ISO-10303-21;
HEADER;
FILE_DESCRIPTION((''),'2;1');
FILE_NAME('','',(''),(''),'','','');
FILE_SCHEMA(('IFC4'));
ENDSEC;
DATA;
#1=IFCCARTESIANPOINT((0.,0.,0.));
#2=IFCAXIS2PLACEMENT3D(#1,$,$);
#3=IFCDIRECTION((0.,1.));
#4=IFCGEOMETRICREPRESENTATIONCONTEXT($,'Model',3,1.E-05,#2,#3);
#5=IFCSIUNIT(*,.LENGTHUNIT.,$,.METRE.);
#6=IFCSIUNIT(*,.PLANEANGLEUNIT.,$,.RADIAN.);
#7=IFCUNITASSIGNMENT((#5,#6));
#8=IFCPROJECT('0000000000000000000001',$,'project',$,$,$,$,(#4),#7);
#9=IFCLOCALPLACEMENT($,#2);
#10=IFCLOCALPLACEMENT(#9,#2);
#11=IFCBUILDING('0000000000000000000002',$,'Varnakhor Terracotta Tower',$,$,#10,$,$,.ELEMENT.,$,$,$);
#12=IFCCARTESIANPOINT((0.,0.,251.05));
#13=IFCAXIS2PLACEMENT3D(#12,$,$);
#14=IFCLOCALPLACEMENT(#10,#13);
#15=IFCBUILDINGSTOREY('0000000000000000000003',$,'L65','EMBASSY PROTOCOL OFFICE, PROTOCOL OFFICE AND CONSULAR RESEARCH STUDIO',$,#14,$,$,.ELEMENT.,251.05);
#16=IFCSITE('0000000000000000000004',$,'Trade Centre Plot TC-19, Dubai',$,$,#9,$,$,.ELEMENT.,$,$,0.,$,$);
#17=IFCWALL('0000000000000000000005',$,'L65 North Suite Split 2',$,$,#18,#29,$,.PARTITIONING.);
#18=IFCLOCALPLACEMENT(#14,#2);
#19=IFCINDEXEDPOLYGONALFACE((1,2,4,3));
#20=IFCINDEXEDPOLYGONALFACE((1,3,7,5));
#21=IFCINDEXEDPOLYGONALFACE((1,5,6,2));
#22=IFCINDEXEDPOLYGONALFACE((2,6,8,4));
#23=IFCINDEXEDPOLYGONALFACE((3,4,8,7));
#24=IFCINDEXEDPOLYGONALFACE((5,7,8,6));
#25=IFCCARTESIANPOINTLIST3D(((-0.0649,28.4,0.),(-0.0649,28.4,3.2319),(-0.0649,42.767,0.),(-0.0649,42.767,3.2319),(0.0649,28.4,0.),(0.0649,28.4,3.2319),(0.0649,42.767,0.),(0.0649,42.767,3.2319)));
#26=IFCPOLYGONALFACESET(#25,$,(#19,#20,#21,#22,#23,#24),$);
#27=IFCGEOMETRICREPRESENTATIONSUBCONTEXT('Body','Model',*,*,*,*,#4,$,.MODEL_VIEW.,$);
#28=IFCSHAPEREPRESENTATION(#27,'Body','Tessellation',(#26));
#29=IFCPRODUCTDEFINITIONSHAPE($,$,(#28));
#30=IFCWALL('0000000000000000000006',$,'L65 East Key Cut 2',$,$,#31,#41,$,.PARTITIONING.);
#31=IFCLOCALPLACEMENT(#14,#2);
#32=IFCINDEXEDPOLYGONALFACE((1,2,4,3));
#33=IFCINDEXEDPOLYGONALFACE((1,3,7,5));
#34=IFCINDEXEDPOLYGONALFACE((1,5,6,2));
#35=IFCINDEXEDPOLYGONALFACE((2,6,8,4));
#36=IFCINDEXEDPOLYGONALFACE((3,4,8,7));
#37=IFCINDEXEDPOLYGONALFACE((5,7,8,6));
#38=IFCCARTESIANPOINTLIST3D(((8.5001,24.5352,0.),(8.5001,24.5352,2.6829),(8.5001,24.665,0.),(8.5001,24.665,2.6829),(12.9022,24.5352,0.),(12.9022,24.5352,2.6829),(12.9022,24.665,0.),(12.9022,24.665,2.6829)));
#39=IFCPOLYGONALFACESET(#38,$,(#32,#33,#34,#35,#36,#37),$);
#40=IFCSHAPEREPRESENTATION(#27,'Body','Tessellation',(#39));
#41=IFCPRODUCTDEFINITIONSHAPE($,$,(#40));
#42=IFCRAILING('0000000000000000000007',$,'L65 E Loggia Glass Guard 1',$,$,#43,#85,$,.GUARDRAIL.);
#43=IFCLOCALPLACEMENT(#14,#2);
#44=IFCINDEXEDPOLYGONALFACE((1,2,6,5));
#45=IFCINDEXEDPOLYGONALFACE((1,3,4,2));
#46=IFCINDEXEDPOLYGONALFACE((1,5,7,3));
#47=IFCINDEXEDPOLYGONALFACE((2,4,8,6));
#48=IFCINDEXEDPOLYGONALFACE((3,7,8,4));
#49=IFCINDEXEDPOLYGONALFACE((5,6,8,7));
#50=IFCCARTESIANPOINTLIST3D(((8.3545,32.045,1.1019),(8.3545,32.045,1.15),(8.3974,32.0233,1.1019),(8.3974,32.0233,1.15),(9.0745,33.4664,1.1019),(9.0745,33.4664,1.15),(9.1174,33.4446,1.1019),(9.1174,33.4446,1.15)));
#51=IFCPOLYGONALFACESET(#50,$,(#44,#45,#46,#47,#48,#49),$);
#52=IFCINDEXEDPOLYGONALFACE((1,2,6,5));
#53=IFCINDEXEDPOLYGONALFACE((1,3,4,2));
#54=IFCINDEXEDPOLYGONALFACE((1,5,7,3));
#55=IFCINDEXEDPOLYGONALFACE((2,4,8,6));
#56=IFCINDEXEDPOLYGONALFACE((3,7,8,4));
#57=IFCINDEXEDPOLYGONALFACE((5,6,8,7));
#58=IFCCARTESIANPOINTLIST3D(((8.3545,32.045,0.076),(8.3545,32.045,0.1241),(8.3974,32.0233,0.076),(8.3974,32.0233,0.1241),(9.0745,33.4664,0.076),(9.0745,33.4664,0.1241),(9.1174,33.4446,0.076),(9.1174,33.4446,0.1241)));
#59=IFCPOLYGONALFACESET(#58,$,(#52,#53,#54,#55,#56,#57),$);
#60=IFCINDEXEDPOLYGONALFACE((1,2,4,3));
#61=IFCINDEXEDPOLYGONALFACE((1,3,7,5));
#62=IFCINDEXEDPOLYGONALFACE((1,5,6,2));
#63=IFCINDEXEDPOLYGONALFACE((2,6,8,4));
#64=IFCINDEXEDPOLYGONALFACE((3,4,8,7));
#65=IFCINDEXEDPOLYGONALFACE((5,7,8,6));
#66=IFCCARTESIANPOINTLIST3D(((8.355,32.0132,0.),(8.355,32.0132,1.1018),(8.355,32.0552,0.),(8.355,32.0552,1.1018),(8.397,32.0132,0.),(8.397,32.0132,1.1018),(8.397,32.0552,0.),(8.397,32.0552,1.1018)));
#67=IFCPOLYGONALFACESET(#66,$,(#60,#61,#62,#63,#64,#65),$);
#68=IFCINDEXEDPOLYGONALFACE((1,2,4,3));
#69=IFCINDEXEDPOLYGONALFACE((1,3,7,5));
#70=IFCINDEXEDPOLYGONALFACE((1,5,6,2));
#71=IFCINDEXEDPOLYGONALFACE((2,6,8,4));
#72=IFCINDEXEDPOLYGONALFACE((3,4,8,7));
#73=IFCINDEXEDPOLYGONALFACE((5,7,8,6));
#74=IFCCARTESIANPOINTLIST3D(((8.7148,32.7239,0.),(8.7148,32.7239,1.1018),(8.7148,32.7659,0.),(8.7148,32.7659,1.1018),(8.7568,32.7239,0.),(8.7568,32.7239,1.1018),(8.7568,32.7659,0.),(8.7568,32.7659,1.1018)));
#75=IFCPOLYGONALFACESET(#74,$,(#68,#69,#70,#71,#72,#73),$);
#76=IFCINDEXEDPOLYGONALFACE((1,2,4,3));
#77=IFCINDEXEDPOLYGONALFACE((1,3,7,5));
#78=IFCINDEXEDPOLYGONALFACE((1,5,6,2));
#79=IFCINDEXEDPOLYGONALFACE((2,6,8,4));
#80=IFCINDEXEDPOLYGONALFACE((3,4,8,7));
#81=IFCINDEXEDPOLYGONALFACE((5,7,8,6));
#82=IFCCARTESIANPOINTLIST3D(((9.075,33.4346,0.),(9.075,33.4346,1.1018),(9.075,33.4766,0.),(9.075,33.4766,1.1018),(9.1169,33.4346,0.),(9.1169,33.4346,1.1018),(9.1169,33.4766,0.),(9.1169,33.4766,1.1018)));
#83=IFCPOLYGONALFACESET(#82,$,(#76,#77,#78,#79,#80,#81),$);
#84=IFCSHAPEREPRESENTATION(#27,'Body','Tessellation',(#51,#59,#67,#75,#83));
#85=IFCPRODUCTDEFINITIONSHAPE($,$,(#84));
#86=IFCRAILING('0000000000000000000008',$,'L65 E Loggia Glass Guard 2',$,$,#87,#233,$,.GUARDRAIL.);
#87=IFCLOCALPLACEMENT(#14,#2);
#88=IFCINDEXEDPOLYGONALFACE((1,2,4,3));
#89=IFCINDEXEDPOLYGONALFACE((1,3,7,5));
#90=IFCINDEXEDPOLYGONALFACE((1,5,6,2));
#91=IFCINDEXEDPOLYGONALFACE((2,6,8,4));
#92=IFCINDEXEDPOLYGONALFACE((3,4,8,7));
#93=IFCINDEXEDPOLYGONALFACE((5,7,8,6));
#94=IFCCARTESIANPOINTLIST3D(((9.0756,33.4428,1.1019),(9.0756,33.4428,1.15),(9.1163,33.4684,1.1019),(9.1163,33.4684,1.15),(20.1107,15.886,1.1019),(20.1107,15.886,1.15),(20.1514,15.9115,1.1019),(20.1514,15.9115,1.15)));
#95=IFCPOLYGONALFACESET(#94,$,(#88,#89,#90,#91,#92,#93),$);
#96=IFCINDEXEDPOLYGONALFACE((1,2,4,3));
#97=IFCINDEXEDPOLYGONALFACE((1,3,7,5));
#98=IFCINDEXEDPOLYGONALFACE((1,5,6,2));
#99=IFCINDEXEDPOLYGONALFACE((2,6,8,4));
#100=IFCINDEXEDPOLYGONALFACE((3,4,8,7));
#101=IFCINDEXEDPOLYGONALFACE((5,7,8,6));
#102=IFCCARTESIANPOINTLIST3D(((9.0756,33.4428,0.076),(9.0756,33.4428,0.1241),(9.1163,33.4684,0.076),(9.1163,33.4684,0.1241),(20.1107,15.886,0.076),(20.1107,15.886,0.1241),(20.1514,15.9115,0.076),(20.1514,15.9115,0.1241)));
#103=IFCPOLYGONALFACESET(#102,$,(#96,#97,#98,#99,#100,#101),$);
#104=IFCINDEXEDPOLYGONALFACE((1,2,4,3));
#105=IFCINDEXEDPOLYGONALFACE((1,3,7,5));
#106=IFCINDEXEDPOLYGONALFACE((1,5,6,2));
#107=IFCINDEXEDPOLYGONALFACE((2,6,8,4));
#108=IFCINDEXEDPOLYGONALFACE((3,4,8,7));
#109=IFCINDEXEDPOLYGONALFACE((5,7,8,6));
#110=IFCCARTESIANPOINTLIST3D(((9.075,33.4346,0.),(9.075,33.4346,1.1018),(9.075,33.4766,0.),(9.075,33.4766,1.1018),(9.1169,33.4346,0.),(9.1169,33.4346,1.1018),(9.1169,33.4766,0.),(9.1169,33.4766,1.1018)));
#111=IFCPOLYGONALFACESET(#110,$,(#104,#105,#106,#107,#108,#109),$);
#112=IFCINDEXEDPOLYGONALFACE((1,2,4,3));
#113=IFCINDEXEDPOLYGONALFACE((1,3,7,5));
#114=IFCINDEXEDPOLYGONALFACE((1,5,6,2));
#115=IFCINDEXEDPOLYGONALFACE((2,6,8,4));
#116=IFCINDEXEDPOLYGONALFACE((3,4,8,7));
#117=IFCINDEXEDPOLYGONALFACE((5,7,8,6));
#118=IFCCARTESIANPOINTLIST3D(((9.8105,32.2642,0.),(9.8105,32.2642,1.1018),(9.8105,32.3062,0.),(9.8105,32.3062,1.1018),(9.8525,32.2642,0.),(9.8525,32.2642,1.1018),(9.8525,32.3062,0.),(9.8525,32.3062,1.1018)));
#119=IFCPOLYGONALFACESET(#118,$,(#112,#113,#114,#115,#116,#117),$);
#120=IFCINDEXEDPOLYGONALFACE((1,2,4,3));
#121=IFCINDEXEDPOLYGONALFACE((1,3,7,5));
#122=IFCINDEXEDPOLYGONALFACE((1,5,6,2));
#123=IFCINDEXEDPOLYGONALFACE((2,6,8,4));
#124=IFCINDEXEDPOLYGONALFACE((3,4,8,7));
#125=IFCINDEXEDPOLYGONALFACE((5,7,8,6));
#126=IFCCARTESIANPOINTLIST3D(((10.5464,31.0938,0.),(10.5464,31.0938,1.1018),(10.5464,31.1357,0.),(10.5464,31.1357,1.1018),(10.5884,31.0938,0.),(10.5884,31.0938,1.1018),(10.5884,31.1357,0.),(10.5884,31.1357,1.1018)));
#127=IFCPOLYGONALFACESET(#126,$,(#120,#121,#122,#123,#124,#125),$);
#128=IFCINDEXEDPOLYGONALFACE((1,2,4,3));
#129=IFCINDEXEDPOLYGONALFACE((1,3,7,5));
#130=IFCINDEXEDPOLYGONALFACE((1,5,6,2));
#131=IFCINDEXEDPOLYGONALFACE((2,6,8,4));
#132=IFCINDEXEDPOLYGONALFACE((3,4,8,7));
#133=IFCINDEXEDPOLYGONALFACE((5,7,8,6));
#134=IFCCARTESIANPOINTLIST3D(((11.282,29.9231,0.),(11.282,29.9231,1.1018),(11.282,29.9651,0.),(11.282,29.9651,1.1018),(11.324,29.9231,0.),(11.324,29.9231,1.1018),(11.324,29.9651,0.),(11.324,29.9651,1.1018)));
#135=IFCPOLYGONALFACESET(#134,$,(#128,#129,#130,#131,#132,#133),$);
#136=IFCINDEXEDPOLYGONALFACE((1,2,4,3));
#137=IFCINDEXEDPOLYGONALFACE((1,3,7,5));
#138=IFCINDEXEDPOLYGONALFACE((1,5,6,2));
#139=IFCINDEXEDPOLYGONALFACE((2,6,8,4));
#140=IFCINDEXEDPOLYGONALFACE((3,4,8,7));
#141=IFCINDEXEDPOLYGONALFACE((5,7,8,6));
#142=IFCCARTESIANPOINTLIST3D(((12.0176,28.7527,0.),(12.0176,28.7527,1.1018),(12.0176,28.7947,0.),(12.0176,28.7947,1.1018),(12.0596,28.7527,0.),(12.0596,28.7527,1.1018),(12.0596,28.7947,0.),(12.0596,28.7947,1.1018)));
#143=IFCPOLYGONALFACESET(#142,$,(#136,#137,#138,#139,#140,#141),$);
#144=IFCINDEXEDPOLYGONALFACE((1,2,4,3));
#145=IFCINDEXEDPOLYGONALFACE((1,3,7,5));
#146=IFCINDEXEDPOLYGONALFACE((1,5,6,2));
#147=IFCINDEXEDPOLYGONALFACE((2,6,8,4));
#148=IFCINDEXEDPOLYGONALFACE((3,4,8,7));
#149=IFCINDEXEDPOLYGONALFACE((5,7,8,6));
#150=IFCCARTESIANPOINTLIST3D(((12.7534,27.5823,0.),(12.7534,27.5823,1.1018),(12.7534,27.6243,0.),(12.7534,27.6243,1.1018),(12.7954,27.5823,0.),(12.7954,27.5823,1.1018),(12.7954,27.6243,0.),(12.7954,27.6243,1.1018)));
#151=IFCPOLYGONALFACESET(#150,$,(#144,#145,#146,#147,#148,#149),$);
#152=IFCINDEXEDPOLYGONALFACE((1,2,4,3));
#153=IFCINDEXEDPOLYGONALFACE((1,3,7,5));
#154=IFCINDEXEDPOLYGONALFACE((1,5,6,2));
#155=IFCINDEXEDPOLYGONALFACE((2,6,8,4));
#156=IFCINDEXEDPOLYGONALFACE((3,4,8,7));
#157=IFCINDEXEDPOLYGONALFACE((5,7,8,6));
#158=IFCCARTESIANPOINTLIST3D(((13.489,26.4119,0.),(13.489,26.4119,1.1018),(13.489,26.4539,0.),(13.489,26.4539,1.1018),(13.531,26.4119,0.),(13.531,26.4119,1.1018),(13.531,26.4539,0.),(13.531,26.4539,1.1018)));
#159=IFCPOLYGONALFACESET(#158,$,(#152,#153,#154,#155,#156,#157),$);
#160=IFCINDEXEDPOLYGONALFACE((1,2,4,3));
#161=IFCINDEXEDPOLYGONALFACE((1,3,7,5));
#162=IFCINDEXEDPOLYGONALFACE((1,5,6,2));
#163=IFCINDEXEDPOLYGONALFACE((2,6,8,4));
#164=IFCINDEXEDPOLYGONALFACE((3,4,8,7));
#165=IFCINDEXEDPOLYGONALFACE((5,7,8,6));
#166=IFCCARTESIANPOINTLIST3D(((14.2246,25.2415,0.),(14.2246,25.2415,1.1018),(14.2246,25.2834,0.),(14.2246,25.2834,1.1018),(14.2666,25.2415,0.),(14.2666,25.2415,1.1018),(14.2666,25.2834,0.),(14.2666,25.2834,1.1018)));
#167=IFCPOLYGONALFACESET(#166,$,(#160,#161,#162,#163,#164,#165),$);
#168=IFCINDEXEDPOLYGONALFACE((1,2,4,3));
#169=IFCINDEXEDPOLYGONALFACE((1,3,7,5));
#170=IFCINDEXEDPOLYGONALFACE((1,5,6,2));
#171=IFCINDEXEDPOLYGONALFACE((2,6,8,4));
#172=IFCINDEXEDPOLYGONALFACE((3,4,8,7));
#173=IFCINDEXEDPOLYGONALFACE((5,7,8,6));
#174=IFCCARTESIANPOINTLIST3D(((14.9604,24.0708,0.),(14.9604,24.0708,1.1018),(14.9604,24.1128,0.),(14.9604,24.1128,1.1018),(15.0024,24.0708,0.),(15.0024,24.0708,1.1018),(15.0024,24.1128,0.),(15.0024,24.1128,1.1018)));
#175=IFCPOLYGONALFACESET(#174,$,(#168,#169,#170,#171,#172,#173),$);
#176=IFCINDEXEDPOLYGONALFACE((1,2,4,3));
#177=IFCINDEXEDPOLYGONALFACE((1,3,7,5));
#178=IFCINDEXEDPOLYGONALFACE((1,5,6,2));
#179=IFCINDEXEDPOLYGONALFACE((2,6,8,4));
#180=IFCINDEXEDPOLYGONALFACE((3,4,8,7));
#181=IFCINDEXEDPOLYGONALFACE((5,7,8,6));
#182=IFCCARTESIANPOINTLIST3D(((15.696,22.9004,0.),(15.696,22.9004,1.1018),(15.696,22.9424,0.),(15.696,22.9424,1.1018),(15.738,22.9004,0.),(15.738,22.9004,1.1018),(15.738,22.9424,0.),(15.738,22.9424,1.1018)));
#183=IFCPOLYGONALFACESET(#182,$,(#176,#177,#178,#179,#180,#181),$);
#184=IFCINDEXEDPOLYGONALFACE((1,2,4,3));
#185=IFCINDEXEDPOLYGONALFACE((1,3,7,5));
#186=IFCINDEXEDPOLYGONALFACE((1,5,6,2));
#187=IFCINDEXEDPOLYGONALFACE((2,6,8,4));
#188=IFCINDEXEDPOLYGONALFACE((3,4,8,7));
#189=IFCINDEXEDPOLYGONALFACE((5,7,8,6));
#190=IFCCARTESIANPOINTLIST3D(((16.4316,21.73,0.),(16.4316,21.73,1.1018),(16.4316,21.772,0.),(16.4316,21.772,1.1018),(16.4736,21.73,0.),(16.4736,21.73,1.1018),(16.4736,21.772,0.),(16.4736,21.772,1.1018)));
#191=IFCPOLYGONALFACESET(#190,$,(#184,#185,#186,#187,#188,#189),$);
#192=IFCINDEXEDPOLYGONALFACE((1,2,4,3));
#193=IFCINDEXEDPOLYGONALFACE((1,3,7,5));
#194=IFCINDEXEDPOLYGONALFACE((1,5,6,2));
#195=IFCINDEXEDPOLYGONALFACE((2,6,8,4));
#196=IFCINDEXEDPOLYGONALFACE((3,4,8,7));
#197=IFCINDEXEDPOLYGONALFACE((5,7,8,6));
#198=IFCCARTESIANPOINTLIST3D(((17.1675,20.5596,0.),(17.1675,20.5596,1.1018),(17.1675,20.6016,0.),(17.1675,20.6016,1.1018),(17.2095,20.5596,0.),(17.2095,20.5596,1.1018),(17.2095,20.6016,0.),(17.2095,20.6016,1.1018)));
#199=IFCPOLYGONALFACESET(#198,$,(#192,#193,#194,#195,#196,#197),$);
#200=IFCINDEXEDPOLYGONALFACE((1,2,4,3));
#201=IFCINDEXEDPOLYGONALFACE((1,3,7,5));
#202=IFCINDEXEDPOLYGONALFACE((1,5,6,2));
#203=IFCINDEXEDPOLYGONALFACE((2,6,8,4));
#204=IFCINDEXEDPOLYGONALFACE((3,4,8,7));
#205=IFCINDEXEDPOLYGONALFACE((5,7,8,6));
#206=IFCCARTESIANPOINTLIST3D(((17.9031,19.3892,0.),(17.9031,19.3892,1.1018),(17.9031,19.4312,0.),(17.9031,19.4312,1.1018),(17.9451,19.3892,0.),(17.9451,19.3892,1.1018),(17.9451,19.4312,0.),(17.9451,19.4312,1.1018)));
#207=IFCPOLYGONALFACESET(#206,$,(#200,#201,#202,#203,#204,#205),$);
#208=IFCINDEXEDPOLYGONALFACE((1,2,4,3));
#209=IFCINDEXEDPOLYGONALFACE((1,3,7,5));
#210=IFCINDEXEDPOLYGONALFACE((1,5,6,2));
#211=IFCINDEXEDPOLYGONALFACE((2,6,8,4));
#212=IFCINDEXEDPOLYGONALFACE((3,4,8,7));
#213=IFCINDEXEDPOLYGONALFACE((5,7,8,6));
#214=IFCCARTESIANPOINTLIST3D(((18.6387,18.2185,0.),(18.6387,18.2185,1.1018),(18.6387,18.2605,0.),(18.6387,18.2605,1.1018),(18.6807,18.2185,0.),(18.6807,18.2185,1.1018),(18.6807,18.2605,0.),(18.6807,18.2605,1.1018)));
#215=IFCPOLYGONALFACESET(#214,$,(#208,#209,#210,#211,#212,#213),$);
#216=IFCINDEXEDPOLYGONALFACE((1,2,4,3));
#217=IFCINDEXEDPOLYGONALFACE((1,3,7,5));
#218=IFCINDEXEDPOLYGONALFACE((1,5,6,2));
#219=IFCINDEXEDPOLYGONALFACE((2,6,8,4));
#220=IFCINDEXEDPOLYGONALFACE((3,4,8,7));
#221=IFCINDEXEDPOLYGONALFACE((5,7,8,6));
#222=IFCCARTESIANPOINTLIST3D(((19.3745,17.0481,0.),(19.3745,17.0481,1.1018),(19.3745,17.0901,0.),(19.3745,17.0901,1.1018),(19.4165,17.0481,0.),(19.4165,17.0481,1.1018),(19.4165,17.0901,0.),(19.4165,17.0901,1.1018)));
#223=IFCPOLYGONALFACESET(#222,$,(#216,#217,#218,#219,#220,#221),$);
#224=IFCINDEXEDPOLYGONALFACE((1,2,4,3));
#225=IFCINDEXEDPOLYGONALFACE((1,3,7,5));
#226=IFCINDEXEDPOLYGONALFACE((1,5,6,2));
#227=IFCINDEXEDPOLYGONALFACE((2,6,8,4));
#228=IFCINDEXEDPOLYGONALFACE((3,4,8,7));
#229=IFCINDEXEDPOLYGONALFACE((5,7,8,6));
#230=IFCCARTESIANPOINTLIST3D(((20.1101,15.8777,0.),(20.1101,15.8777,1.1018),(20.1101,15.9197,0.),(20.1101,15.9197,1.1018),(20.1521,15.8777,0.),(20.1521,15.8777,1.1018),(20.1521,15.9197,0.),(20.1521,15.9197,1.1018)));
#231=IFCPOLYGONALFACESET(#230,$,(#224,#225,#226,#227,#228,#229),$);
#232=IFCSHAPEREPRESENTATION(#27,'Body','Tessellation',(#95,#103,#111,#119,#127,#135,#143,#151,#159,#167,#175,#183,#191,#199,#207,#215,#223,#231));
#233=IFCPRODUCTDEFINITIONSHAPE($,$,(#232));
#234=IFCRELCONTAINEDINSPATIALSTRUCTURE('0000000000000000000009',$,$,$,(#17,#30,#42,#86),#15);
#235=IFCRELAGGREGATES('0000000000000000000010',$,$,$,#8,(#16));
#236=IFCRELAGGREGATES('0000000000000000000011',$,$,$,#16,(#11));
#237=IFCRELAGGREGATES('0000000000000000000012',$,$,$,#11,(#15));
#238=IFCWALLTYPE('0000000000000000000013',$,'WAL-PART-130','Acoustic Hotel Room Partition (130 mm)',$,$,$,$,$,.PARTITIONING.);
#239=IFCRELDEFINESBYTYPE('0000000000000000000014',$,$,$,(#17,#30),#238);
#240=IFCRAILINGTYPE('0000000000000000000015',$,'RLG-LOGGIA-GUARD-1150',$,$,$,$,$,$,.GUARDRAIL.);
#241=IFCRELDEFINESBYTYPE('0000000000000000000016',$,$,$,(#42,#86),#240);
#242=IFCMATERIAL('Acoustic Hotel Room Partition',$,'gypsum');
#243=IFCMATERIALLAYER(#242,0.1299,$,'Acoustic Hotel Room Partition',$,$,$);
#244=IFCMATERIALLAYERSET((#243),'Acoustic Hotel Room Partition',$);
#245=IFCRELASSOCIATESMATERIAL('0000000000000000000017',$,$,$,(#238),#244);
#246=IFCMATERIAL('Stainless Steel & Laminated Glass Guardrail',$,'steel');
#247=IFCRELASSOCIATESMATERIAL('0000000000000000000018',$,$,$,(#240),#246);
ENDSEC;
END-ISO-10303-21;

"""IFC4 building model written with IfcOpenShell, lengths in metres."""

from ifc_helpers import new_model, si_unit, direction, frame, frame_2d, origin, origin_2d, place, context, subcontext, project, spatial, rectangle, extrude, material, layer, layer_set, type_object, element, save


model = new_model("IFC4")

# Units and contexts
model_context = context("Model", 3, precision=1e-05, world=origin(), true_north=direction((0.0, 1.0)))
body_context = subcontext(model_context, "Body", "Model", "MODEL_VIEW")
ifc_project = project(units=[si_unit("LENGTHUNIT", "METRE"), si_unit("PLANEANGLEUNIT", "RADIAN")], contexts=[model_context])

# Site, building, storey
site_placement = place(None, origin())
site = spatial("IfcSite", under=ifc_project, at=site_placement, Name="Trade Centre Plot TC-19, Dubai", CompositionType="ELEMENT", RefElevation=0.0)
building_placement = place(site_placement, origin())
building = spatial("IfcBuilding", under=site, at=building_placement, Name="Varnakhor Terracotta Tower", CompositionType="ELEMENT")
storey_placement = place(building_placement, frame((0.0, 0.0, 251.05)))
storey = spatial("IfcBuildingStorey", under=building, at=storey_placement, Name="L65", Description="EMBASSY PROTOCOL OFFICE, PROTOCOL OFFICE AND CONSULAR RESEARCH STUDIO", CompositionType="ELEMENT", Elevation=251.05)

# Walls
ifc_material_1 = material(Name="Acoustic Hotel Room Partition", Category="gypsum")
ifc_layer_1 = layer(ifc_material_1, 0.1299, Name="Acoustic Hotel Room Partition")
ifc_layer_set_1 = layer_set([ifc_layer_1], Name="Acoustic Hotel Room Partition")
wall_type_1 = type_object("IfcWallType", Name="WAL-PART-130", Description="Acoustic Hotel Room Partition (130 mm)", PredefinedType="PARTITIONING", material=ifc_layer_set_1)
wall_1_placement = place(storey_placement, frame((0.0, 28.3999, 0.0), z_axis=(0.0, 0.0, 1.0), x_axis=(0.0, 1.0, 0.0)))
element("IfcWall", 1, at=wall_1_placement, inside=storey, type_object=wall_type_1, Name="L65 North Suite Split 2", PredefinedType="PARTITIONING", context=body_context, shape_type="SweptSolid", body=[
    extrude(rectangle(XDim=14.3669, YDim=0.1299, at=frame_2d((7.1836, 0.0))), origin(), (0.0, 0.0, 1.0), 3.2319),
])
wall_2_placement = place(storey_placement, frame((8.5, 24.6001, 0.0), z_axis=(0.0, 0.0, 1.0), x_axis=(1.0, 0.0, 0.0)))
element("IfcWall", 2, at=wall_2_placement, inside=storey, type_object=wall_type_1, Name="L65 East Key Cut 2", PredefinedType="PARTITIONING", context=body_context, shape_type="SweptSolid", body=[
    extrude(rectangle(XDim=4.4021, YDim=0.1299, at=frame_2d((2.2012, 0.0))), origin(), (0.0, 0.0, 1.0), 2.6829),
])

# Railings
ifc_material_2 = material(Name="Stainless Steel & Laminated Glass Guardrail", Category="steel")
railing_type = type_object("IfcRailingType", Name="RLG-LOGGIA-GUARD-1150", PredefinedType="GUARDRAIL", material=ifc_material_2)
railing_1_placement = place(storey_placement, frame((8.376, 32.0342, 0.0)))
element("IfcRailing", 3, at=railing_1_placement, inside=storey, type_object=railing_type, Name="L65 E Loggia Glass Guard 1", PredefinedType="GUARDRAIL", context=body_context, shape_type="SweptSolid", body=[
    extrude(rectangle(XDim=0.0481, YDim=0.0481, at=origin_2d()), frame((0.0, 0.0, 1.126), z_axis=(0.451866, 0.892086, 0.0), x_axis=(-0.892086, 0.451866, 0.0)), (0.0, 0.0, 1.0), 1.5933),
    extrude(rectangle(XDim=0.0481, YDim=0.0481, at=origin_2d()), frame((0.0, 0.0, 0.1001), z_axis=(0.451866, 0.892086, 0.0), x_axis=(-0.892086, 0.451866, 0.0)), (0.0, 0.0, 1.0), 1.5933),
    extrude(rectangle(XDim=0.042, YDim=0.042, at=origin_2d()), origin(), (0.0, 0.0, 1.0), 1.1018),
    extrude(rectangle(XDim=0.042, YDim=0.042, at=origin_2d()), frame((0.3599, 0.7107, 0.0)), (0.0, 0.0, 1.0), 1.1018),
    extrude(rectangle(XDim=0.042, YDim=0.042, at=origin_2d()), frame((0.72, 1.4214, 0.0)), (0.0, 0.0, 1.0), 1.1018),
])
railing_2_placement = place(storey_placement, frame((9.0959, 33.4556, 0.0)))
element("IfcRailing", 4, at=railing_2_placement, inside=storey, type_object=railing_type, Name="L65 E Loggia Glass Guard 2", PredefinedType="GUARDRAIL", context=body_context, shape_type="SweptSolid", body=[
    extrude(rectangle(XDim=0.0481, YDim=0.0481, at=origin_2d()), frame((0.0, 0.0, 1.126), z_axis=(0.532151, -0.84665, 0.0), x_axis=(0.84665, 0.532151, 0.0)), (0.0, 0.0, 1.0), 20.7368),
    extrude(rectangle(XDim=0.0481, YDim=0.0481, at=origin_2d()), frame((0.0, 0.0, 0.1001), z_axis=(0.532151, -0.84665, 0.0), x_axis=(0.84665, 0.532151, 0.0)), (0.0, 0.0, 1.0), 20.7368),
    extrude(rectangle(XDim=0.042, YDim=0.042, at=origin_2d()), origin(), (0.0, 0.0, 1.0), 1.1018),
    extrude(rectangle(XDim=0.042, YDim=0.042, at=origin_2d()), frame((0.7356, -1.1704, 0.0)), (0.0, 0.0, 1.0), 1.1018),
    extrude(rectangle(XDim=0.042, YDim=0.042, at=origin_2d()), frame((1.4714, -2.3408, 0.0)), (0.0, 0.0, 1.0), 1.1018),
    extrude(rectangle(XDim=0.042, YDim=0.042, at=origin_2d()), frame((2.207, -3.5115, 0.0)), (0.0, 0.0, 1.0), 1.1018),
    extrude(rectangle(XDim=0.042, YDim=0.042, at=origin_2d()), frame((2.9426, -4.6819, 0.0)), (0.0, 0.0, 1.0), 1.1018),
    extrude(rectangle(XDim=0.042, YDim=0.042, at=origin_2d()), frame((3.6785, -5.8523, 0.0)), (0.0, 0.0, 1.0), 1.1018),
    extrude(rectangle(XDim=0.042, YDim=0.042, at=origin_2d()), frame((4.4141, -7.0227, 0.0)), (0.0, 0.0, 1.0), 1.1018),
    extrude(rectangle(XDim=0.042, YDim=0.042, at=origin_2d()), frame((5.1497, -8.1931, 0.0)), (0.0, 0.0, 1.0), 1.1018),
    extrude(rectangle(XDim=0.042, YDim=0.042, at=origin_2d()), frame((5.8855, -9.3638, 0.0)), (0.0, 0.0, 1.0), 1.1018),
    extrude(rectangle(XDim=0.042, YDim=0.042, at=origin_2d()), frame((6.6211, -10.5342, 0.0)), (0.0, 0.0, 1.0), 1.1018),
    extrude(rectangle(XDim=0.042, YDim=0.042, at=origin_2d()), frame((7.3567, -11.7046, 0.0)), (0.0, 0.0, 1.0), 1.1018),
    extrude(rectangle(XDim=0.042, YDim=0.042, at=origin_2d()), frame((8.0925, -12.875, 0.0)), (0.0, 0.0, 1.0), 1.1018),
    extrude(rectangle(XDim=0.042, YDim=0.042, at=origin_2d()), frame((8.8281, -14.0454, 0.0)), (0.0, 0.0, 1.0), 1.1018),
    extrude(rectangle(XDim=0.042, YDim=0.042, at=origin_2d()), frame((9.5637, -15.2161, 0.0)), (0.0, 0.0, 1.0), 1.1018),
    extrude(rectangle(XDim=0.042, YDim=0.042, at=origin_2d()), frame((10.2996, -16.3865, 0.0)), (0.0, 0.0, 1.0), 1.1018),
    extrude(rectangle(XDim=0.042, YDim=0.042, at=origin_2d()), frame((11.0352, -17.5569, 0.0)), (0.0, 0.0, 1.0), 1.1018),
])

save(model, "model.ifc")
